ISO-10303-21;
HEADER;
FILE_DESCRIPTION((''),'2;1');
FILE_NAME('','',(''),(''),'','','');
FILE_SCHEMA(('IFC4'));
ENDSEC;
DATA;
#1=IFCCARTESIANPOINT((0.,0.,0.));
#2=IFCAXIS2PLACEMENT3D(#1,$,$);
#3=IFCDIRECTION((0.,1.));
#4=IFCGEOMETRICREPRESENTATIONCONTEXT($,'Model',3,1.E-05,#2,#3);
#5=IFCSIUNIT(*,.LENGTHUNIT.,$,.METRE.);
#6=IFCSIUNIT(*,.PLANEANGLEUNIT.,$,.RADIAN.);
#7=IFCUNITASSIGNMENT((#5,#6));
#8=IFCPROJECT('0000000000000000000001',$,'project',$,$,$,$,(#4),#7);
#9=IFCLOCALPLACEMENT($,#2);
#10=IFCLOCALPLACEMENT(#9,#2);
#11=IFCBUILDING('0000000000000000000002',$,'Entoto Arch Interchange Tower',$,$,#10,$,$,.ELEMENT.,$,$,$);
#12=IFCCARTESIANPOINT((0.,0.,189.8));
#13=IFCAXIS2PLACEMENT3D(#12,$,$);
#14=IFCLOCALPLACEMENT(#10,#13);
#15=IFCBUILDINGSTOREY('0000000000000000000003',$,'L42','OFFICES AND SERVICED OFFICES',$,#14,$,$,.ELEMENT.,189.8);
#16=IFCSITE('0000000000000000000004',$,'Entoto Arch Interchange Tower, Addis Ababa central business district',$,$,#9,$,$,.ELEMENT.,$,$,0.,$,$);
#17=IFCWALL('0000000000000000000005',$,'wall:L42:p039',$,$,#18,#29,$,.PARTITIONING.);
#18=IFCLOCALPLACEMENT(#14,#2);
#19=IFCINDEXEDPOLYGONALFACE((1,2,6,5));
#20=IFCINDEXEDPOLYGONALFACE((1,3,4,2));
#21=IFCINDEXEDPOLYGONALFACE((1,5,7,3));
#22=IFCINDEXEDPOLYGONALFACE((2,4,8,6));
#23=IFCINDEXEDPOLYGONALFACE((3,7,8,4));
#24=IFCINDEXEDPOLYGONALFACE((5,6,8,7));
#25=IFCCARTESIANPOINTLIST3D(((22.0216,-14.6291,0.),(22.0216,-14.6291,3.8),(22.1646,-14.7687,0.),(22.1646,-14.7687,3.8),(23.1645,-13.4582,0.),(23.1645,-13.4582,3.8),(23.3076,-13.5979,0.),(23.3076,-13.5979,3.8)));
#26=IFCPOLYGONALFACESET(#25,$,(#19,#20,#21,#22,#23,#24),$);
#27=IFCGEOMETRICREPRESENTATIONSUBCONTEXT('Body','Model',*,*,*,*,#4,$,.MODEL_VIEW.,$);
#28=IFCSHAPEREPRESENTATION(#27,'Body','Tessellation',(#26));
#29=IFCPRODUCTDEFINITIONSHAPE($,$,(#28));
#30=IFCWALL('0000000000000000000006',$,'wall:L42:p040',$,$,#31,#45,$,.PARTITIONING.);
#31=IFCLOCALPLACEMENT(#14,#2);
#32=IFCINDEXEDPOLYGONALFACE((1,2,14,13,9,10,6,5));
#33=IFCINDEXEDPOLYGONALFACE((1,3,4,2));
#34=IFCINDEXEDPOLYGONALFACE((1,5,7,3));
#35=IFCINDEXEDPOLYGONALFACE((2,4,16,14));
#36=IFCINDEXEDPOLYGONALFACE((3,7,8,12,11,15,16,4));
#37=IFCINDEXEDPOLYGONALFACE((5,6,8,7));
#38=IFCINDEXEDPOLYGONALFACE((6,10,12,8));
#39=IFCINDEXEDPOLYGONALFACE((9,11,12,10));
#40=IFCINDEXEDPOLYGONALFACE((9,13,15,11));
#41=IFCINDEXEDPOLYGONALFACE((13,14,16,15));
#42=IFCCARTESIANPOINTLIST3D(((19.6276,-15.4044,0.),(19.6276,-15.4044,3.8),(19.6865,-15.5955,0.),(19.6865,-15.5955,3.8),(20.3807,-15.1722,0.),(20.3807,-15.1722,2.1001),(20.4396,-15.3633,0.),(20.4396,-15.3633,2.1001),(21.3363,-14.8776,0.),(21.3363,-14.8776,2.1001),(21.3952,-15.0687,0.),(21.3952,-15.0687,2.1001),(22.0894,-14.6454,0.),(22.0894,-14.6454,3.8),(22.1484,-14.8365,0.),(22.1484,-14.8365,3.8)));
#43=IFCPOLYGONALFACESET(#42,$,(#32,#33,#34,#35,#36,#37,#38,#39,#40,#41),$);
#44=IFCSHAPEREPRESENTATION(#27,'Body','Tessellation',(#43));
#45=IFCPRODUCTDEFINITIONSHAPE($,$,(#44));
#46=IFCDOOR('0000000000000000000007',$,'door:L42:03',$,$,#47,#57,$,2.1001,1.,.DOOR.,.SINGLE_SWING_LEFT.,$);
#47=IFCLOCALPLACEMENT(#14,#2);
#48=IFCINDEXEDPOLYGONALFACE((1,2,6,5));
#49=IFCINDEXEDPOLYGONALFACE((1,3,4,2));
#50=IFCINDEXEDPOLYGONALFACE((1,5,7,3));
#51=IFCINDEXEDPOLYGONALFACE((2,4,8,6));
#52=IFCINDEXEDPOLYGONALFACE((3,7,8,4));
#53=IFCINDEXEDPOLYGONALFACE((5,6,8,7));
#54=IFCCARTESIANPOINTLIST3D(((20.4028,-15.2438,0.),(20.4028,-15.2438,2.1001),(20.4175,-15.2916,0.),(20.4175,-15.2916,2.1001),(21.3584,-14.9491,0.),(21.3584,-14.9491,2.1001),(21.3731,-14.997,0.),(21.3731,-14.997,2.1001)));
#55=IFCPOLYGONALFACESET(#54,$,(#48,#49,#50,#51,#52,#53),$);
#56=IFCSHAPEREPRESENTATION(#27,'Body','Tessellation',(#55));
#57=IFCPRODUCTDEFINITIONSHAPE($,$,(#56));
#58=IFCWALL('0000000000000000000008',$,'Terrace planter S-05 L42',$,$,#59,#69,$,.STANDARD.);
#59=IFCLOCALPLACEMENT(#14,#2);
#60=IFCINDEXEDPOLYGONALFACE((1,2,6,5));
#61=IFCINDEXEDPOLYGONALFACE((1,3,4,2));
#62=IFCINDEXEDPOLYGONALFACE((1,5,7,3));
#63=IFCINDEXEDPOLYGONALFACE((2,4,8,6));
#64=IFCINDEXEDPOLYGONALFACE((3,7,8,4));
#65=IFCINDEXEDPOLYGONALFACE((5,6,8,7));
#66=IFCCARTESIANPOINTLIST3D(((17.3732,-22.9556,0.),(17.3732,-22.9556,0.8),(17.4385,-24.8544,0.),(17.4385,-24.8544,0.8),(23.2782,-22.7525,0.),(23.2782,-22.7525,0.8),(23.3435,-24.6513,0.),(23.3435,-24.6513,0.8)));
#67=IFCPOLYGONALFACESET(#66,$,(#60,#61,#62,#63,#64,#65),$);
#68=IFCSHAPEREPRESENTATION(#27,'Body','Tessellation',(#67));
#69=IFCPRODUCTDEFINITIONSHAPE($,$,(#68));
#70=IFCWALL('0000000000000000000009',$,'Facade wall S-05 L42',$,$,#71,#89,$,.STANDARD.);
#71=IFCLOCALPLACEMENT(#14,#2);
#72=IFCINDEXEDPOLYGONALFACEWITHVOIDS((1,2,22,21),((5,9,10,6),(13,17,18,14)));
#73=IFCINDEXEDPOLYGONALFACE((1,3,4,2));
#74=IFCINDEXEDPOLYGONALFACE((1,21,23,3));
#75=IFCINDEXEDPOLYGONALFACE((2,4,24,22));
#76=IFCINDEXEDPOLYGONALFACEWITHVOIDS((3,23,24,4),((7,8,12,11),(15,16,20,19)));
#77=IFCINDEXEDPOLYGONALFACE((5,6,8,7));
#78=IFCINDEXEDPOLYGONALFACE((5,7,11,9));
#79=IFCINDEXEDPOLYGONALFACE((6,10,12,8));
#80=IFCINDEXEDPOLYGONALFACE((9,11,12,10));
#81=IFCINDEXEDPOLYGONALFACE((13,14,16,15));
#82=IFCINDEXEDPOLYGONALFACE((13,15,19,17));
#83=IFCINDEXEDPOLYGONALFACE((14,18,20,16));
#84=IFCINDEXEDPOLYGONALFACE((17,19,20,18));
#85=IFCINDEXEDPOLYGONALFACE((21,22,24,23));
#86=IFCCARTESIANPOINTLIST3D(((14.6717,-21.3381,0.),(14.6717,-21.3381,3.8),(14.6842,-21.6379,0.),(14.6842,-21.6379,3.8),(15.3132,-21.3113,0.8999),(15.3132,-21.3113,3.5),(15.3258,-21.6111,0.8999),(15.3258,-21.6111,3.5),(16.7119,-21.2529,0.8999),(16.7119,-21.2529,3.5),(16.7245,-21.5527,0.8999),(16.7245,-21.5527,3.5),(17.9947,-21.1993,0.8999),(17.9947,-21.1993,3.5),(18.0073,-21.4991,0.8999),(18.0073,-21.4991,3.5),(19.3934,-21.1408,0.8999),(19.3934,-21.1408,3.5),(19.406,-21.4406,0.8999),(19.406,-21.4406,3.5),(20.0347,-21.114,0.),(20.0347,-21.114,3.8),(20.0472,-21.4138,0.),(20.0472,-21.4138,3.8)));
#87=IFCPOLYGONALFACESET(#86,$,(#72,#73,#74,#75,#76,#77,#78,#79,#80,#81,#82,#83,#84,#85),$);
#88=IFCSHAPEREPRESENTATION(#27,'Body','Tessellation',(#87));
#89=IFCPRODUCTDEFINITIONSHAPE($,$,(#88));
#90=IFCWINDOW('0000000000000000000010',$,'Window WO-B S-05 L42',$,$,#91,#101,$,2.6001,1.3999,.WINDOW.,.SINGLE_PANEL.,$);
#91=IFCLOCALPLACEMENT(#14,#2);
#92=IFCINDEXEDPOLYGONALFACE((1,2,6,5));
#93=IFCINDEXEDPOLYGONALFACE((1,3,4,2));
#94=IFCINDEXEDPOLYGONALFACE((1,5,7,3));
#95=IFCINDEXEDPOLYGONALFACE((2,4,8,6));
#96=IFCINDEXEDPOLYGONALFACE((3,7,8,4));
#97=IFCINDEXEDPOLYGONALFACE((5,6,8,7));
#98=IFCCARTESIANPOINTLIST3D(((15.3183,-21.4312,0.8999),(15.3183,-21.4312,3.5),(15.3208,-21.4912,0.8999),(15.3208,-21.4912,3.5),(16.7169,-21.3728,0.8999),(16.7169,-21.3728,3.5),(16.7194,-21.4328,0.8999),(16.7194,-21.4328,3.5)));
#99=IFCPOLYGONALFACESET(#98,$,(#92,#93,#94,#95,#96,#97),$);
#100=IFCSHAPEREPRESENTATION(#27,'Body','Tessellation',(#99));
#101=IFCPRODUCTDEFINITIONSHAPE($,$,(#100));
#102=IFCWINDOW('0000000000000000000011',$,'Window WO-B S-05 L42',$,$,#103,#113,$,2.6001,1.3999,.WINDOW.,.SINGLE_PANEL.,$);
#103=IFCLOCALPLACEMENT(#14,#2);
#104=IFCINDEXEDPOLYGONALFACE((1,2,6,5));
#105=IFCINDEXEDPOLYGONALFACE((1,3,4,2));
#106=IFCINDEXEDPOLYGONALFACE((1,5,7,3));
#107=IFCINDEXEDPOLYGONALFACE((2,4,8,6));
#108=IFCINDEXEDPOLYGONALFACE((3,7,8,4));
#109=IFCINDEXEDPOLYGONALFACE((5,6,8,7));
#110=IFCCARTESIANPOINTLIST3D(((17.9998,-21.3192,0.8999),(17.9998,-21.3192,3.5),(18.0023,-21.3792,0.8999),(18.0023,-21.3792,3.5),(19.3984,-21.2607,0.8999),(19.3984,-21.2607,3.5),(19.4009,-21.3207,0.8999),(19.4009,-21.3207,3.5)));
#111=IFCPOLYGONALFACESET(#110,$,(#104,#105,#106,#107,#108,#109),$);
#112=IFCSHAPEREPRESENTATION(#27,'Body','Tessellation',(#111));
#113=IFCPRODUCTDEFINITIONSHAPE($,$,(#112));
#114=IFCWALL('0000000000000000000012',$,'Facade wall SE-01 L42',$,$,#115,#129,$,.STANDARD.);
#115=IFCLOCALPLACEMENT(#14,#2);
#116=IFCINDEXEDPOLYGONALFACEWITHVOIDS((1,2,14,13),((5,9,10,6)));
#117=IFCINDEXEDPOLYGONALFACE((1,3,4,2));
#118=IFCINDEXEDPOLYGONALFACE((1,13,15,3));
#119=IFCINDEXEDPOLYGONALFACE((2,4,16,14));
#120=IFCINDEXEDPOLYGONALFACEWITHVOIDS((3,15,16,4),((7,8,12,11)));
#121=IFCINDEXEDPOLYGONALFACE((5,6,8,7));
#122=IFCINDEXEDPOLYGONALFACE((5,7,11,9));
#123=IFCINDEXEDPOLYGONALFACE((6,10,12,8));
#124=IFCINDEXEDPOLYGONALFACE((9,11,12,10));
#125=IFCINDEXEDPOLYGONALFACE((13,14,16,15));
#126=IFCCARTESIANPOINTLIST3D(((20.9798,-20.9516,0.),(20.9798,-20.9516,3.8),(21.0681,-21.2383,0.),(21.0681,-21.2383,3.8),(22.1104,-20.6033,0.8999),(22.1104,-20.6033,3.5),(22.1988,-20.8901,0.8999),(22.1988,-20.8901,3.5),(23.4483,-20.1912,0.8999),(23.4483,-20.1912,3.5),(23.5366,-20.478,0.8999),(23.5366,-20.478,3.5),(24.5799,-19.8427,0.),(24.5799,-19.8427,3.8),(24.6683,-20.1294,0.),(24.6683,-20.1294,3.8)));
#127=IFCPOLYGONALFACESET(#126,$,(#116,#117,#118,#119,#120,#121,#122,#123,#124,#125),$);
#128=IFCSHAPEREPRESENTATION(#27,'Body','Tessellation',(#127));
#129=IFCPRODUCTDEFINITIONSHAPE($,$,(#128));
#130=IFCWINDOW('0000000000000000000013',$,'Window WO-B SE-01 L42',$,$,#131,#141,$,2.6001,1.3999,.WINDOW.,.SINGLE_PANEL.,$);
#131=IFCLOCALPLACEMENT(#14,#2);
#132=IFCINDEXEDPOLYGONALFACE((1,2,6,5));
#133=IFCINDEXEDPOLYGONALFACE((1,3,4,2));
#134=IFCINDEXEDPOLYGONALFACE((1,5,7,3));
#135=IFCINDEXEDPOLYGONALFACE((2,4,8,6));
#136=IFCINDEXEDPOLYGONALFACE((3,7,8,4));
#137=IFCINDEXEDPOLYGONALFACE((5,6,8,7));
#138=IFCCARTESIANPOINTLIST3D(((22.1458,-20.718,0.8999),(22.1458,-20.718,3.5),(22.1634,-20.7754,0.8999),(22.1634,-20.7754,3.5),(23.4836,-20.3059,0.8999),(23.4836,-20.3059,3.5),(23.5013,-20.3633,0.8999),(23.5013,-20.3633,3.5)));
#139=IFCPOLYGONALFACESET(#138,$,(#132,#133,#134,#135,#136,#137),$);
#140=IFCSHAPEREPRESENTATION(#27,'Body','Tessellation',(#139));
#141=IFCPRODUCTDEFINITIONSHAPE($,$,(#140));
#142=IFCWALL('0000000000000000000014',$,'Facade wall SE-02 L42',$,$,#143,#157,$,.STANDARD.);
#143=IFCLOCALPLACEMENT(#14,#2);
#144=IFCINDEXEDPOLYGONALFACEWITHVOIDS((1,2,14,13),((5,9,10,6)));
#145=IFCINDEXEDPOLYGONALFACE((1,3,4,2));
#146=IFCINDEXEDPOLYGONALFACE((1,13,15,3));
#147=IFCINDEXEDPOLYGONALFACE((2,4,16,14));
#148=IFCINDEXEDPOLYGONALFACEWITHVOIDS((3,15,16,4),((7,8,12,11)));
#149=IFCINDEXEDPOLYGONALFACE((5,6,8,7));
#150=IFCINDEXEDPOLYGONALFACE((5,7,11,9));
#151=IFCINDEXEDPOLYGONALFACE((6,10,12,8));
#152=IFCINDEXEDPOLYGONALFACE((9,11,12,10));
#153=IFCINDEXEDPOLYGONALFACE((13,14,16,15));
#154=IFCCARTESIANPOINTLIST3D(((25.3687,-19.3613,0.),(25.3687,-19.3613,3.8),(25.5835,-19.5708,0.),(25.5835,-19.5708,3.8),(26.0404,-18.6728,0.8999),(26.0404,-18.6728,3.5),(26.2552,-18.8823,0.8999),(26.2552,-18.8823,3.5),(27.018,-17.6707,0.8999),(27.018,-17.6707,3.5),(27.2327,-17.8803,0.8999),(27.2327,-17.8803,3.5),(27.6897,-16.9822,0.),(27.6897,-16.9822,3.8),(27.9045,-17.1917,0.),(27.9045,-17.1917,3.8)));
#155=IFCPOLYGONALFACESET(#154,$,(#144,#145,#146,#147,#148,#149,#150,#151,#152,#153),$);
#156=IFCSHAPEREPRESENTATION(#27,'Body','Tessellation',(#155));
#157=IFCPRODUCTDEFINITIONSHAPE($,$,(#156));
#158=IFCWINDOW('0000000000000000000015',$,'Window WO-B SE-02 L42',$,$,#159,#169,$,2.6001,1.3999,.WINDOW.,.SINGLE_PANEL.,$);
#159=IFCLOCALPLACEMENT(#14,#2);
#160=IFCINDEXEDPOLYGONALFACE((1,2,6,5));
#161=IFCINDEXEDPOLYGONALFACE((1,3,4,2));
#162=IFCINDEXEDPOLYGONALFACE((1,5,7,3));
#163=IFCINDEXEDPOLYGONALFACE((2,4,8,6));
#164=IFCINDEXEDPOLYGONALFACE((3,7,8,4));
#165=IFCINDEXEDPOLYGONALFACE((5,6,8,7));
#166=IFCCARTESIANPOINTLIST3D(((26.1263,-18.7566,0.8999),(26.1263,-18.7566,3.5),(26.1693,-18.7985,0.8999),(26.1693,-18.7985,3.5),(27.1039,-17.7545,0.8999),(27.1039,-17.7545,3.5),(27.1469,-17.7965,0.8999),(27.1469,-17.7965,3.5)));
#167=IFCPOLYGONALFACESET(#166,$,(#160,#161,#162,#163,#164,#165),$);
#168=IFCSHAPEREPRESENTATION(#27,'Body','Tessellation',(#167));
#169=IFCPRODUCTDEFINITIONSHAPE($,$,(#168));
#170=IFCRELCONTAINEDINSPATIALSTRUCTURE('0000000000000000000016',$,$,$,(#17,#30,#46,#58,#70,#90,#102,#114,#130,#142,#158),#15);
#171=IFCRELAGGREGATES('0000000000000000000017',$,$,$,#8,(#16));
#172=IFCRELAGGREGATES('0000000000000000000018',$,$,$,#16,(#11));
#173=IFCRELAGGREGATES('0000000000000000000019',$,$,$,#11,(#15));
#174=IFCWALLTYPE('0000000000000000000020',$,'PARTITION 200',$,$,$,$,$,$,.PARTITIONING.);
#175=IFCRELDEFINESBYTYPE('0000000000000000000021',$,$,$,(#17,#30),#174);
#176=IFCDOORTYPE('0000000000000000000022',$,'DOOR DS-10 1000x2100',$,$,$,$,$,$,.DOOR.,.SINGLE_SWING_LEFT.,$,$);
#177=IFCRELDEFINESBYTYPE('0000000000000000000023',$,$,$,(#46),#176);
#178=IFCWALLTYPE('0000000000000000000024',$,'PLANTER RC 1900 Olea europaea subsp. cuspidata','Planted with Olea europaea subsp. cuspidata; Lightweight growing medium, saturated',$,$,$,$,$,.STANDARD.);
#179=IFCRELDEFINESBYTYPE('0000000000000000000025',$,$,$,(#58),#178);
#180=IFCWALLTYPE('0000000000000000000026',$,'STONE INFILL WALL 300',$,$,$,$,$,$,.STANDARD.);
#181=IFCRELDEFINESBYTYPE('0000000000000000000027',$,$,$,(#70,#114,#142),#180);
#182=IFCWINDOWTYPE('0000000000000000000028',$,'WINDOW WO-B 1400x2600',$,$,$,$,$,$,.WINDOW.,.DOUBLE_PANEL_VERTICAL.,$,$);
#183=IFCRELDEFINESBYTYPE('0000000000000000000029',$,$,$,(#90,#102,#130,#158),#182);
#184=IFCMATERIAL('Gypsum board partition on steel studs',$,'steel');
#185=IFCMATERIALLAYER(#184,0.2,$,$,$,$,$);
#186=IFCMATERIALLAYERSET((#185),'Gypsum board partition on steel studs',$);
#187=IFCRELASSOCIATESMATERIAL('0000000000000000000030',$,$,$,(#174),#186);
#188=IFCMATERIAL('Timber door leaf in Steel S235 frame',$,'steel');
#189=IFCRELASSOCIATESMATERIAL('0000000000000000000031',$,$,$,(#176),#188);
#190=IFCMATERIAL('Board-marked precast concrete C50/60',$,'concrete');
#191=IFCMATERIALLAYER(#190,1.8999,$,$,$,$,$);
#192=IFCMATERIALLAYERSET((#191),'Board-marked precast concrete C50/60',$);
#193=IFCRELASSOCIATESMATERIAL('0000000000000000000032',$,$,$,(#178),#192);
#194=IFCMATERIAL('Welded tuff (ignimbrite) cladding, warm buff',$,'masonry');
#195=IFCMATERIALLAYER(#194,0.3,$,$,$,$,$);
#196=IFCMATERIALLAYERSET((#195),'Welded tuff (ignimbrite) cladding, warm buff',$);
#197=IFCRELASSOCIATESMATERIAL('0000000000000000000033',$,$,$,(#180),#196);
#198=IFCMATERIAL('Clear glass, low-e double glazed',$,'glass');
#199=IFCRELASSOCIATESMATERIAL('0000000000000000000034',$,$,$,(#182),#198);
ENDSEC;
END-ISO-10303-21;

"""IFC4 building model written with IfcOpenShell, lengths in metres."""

from ifc_helpers import new_model, si_unit, direction, frame, frame_2d, origin, place, context, subcontext, project, spatial, rectangle, extrude, material, layer, layer_set, type_object, element, fill, save


model = new_model("IFC4")

# Units and contexts
model_context = context("Model", 3, precision=1e-05, world=origin(), true_north=direction((0.0, 1.0)))
body_context = subcontext(model_context, "Body", "Model", "MODEL_VIEW")
ifc_project = project(units=[si_unit("LENGTHUNIT", "METRE"), si_unit("PLANEANGLEUNIT", "RADIAN")], contexts=[model_context])

# Site, building, storey
site_placement = place(None, origin())
site = spatial("IfcSite", under=ifc_project, at=site_placement, Name="Entoto Arch Interchange Tower, Addis Ababa central business district", CompositionType="ELEMENT", RefElevation=0.0)
building_placement = place(site_placement, origin())
building = spatial("IfcBuilding", under=site, at=building_placement, Name="Entoto Arch Interchange Tower", CompositionType="ELEMENT")
storey_placement = place(building_placement, frame((0.0, 0.0, 189.8)))
storey = spatial("IfcBuildingStorey", under=building, at=storey_placement, Name="L42", Description="OFFICES AND SERVICED OFFICES", CompositionType="ELEMENT", Elevation=189.8)

# Shared definitions
ifc_material_1 = material(Name="Gypsum board partition on steel studs", Category="steel")
ifc_layer_1 = layer(ifc_material_1, 0.2)
ifc_layer_set_1 = layer_set([ifc_layer_1], Name="Gypsum board partition on steel studs")
wall_type_1 = type_object("IfcWallType", Name="PARTITION 200", PredefinedType="PARTITIONING", material=ifc_layer_set_1)

# Shared definitions
ifc_material_2 = material(Name="Timber door leaf in Steel S235 frame", Category="steel")
door_type = type_object("IfcDoorType", Name="DOOR DS-10 1000x2100", OperationType="SINGLE_SWING_LEFT", PredefinedType="DOOR", material=ifc_material_2)

# Wall
wall_1_placement = place(storey_placement, frame((23.2361, -13.5281, 0.0), z_axis=(0.0, 0.0, 1.0), x_axis=(-0.698551, -0.71556, 0.0)))
element("IfcWall", 1, at=wall_1_placement, inside=storey, type_object=wall_type_1, Name="wall:L42:p039", PredefinedType="PARTITIONING", context=body_context, shape_type="SweptSolid", body=[
    extrude(rectangle(XDim=1.6362, YDim=0.2, at=frame_2d((0.8181, 0.0))), origin(), (0.0, 0.0, 1.0), 3.8),
])

# Wall, opening, door
wall_2_placement = place(storey_placement, frame((22.1189, -14.741, 0.0), z_axis=(0.0, 0.0, 1.0), x_axis=(-0.955613, -0.294625, 0.0)))
wall_2 = element("IfcWall", 2, at=wall_2_placement, inside=storey, type_object=wall_type_1, Name="wall:L42:p040", PredefinedType="PARTITIONING", context=body_context, shape_type="SweptSolid", body=[
    extrude(rectangle(XDim=2.5762, YDim=0.2, at=frame_2d((1.2881, 0.0))), origin(), (0.0, 0.0, 1.0), 3.8),
])
opening_1_placement = place(wall_2_placement, frame((0.7881, 0.0, 0.0)))
opening_1 = element("IfcOpeningElement", 3, at=opening_1_placement, cuts=wall_2, PredefinedType="OPENING", context=body_context, shape_type="SweptSolid", body=[
    extrude(rectangle(XDim=1.0, YDim=2.1001, at=frame_2d((0.5, 1.05))), frame((0.0, 0.1099, 0.0), z_axis=(0.0, -1.0, 0.0), x_axis=(1.0, 0.0, 0.0)), (0.0, 0.0, 1.0), 0.22),
])
door_1_placement = place(opening_1_placement, origin())
door_1 = element("IfcDoor", 4, at=door_1_placement, inside=storey, type_object=door_type, Name="door:L42:03", OperationType="SINGLE_SWING_LEFT", OverallHeight=2.1001, OverallWidth=1.0, PredefinedType="DOOR", context=body_context, shape_type="SweptSolid", body=[
    extrude(rectangle(XDim=1.0, YDim=2.1001, at=frame_2d((0.5, 1.05))), frame((0.0, 0.0249, 0.0), z_axis=(0.0, -1.0, 0.0), x_axis=(1.0, 0.0, 0.0)), (0.0, 0.0, 1.0), 0.05),
])
fill(opening_1, door_1)

# Wall
ifc_material_3 = material(Name="Board-marked precast concrete C50/60", Category="concrete")
ifc_layer_2 = layer(ifc_material_3, 1.8999)
ifc_layer_set_2 = layer_set([ifc_layer_2], Name="Board-marked precast concrete C50/60")
wall_type_2 = type_object("IfcWallType", Name="PLANTER RC 1900 Olea europaea subsp. cuspidata", Description="Planted with Olea europaea subsp. cuspidata; Lightweight growing medium, saturated", PredefinedType="STANDARD", material=ifc_layer_set_2)
wall_3_placement = place(storey_placement, frame((17.406, -23.905, 0.0), z_axis=(0.0, 0.0, 1.0), x_axis=(0.999409, 0.034378, 0.0)))
element("IfcWall", 5, at=wall_3_placement, inside=storey, type_object=wall_type_2, Name="Terrace planter S-05 L42", PredefinedType="STANDARD", context=body_context, shape_type="SweptSolid", body=[
    extrude(rectangle(XDim=5.9084, YDim=1.8999, at=frame_2d((2.9541, 0.0))), origin(), (0.0, 0.0, 1.0), 0.8),
])

# Wall, openings, windows
ifc_material_4 = material(Name="Welded tuff (ignimbrite) cladding, warm buff", Category="masonry")
ifc_layer_3 = layer(ifc_material_4, 0.3)
ifc_layer_set_3 = layer_set([ifc_layer_3], Name="Welded tuff (ignimbrite) cladding, warm buff")
wall_type_3 = type_object("IfcWallType", Name="STONE INFILL WALL 300", PredefinedType="STANDARD", material=ifc_layer_set_3)
wall_4_placement = place(storey_placement, frame((14.678, -21.488, 0.0), z_axis=(0.0, 0.0, 1.0), x_axis=(0.999128, 0.041754, 0.0)))
wall_4 = element("IfcWall", 6, at=wall_4_placement, inside=storey, type_object=wall_type_3, Name="Facade wall S-05 L42", PredefinedType="STANDARD", context=body_context, shape_type="SweptSolid", body=[
    extrude(rectangle(XDim=5.3677, YDim=0.3, at=frame_2d((2.6838, 0.0))), origin(), (0.0, 0.0, 1.0), 3.8),
])
opening_2_placement = place(wall_4_placement, frame((0.6421, 0.0, 0.8999)))
opening_2 = element("IfcOpeningElement", 7, at=opening_2_placement, cuts=wall_4, PredefinedType="OPENING", context=body_context, shape_type="SweptSolid", body=[
    extrude(rectangle(XDim=1.3999, YDim=2.6001, at=frame_2d((0.7, 1.3))), frame((0.0, 0.1602, 0.0), z_axis=(0.0, -1.0, 0.0), x_axis=(1.0, 0.0, 0.0)), (0.0, 0.0, 1.0), 0.3201),
])
opening_3_placement = place(wall_4_placement, frame((3.3259, 0.0, 0.8999)))
opening_3 = element("IfcOpeningElement", 8, at=opening_3_placement, cuts=wall_4, PredefinedType="OPENING", context=body_context, shape_type="SweptSolid", body=[
    extrude(rectangle(XDim=1.3999, YDim=2.6001, at=frame_2d((0.7, 1.3))), frame((0.0, 0.1602, 0.0), z_axis=(0.0, -1.0, 0.0), x_axis=(1.0, 0.0, 0.0)), (0.0, 0.0, 1.0), 0.3201),
])
ifc_material_5 = material(Name="Clear glass, low-e double glazed", Category="glass")
window_type = type_object("IfcWindowType", Name="WINDOW WO-B 1400x2600", PartitioningType="DOUBLE_PANEL_VERTICAL", PredefinedType="WINDOW", material=ifc_material_5)
window_1_placement = place(opening_2_placement, origin())
window_1 = element("IfcWindow", 9, at=window_1_placement, inside=storey, type_object=window_type, Name="Window WO-B S-05 L42", OverallHeight=2.6001, OverallWidth=1.3999, PartitioningType="SINGLE_PANEL", PredefinedType="WINDOW", context=body_context, shape_type="SweptSolid", body=[
    extrude(rectangle(XDim=1.3999, YDim=2.6001, at=frame_2d((0.7, 1.3))), frame((0.0, 0.03, 0.0), z_axis=(0.0, -1.0, 0.0), x_axis=(1.0, 0.0, 0.0)), (0.0, 0.0, 1.0), 0.0601),
])
fill(opening_2, window_1)
window_2_placement = place(opening_3_placement, origin())
window_2 = element("IfcWindow", 10, at=window_2_placement, inside=storey, type_object=window_type, Name="Window WO-B S-05 L42", OverallHeight=2.6001, OverallWidth=1.3999, PartitioningType="SINGLE_PANEL", PredefinedType="WINDOW", context=body_context, shape_type="SweptSolid", body=[
    extrude(rectangle(XDim=1.3999, YDim=2.6001, at=frame_2d((0.7, 1.3))), frame((0.0, 0.03, 0.0), z_axis=(0.0, -1.0, 0.0), x_axis=(1.0, 0.0, 0.0)), (0.0, 0.0, 1.0), 0.0601),
])
fill(opening_3, window_2)

# Walls, openings, windows
wall_5_placement = place(storey_placement, frame((21.0239, -21.095, 0.0), z_axis=(0.0, 0.0, 1.0), x_axis=(0.955692, 0.294368, 0.0)))
wall_5 = element("IfcWall", 11, at=wall_5_placement, inside=storey, type_object=wall_type_3, Name="Facade wall SE-01 L42", PredefinedType="STANDARD", context=body_context, shape_type="SweptSolid", body=[
    extrude(rectangle(XDim=3.7671, YDim=0.3, at=frame_2d((1.8835, 0.0))), origin(), (0.0, 0.0, 1.0), 3.8),
])
opening_4_placement = place(wall_5_placement, frame((1.1831, 0.0, 0.8999)))
opening_4 = element("IfcOpeningElement", 12, at=opening_4_placement, cuts=wall_5, PredefinedType="OPENING", context=body_context, shape_type="SweptSolid", body=[
    extrude(rectangle(XDim=1.3999, YDim=2.6001, at=frame_2d((0.7, 1.3))), frame((0.0, 0.1602, 0.0), z_axis=(0.0, -1.0, 0.0), x_axis=(1.0, 0.0, 0.0)), (0.0, 0.0, 1.0), 0.3201),
])
window_3_placement = place(opening_4_placement, origin())
window_3 = element("IfcWindow", 13, at=window_3_placement, inside=storey, type_object=window_type, Name="Window WO-B SE-01 L42", OverallHeight=2.6001, OverallWidth=1.3999, PartitioningType="SINGLE_PANEL", PredefinedType="WINDOW", context=body_context, shape_type="SweptSolid", body=[
    extrude(rectangle(XDim=1.3999, YDim=2.6001, at=frame_2d((0.7, 1.3))), frame((0.0, 0.03, 0.0), z_axis=(0.0, -1.0, 0.0), x_axis=(1.0, 0.0, 0.0)), (0.0, 0.0, 1.0), 0.0601),
])
fill(opening_4, window_3)
wall_6_placement = place(storey_placement, frame((25.4761, -19.4661, 0.0), z_axis=(0.0, 0.0, 1.0), x_axis=(0.698312, 0.715794, 0.0)))
wall_6 = element("IfcWall", 14, at=wall_6_placement, inside=storey, type_object=wall_type_3, Name="Facade wall SE-02 L42", PredefinedType="STANDARD", context=body_context, shape_type="SweptSolid", body=[
    extrude(rectangle(XDim=3.3237, YDim=0.3, at=frame_2d((1.6619, 0.0))), origin(), (0.0, 0.0, 1.0), 3.8),
])
opening_5_placement = place(wall_6_placement, frame((0.9619, 0.0, 0.8999)))
opening_5 = element("IfcOpeningElement", 15, at=opening_5_placement, cuts=wall_6, PredefinedType="OPENING", context=body_context, shape_type="SweptSolid", body=[
    extrude(rectangle(XDim=1.3999, YDim=2.6001, at=frame_2d((0.7, 1.3))), frame((0.0, 0.1602, 0.0), z_axis=(0.0, -1.0, 0.0), x_axis=(1.0, 0.0, 0.0)), (0.0, 0.0, 1.0), 0.3201),
])
window_4_placement = place(opening_5_placement, origin())
window_4 = element("IfcWindow", 16, at=window_4_placement, inside=storey, type_object=window_type, Name="Window WO-B SE-02 L42", OverallHeight=2.6001, OverallWidth=1.3999, PartitioningType="SINGLE_PANEL", PredefinedType="WINDOW", context=body_context, shape_type="SweptSolid", body=[
    extrude(rectangle(XDim=1.3999, YDim=2.6001, at=frame_2d((0.7, 1.3))), frame((0.0, 0.03, 0.0), z_axis=(0.0, -1.0, 0.0), x_axis=(1.0, 0.0, 0.0)), (0.0, 0.0, 1.0), 0.0601),
])
fill(opening_5, window_4)

save(model, "model.ifc")
